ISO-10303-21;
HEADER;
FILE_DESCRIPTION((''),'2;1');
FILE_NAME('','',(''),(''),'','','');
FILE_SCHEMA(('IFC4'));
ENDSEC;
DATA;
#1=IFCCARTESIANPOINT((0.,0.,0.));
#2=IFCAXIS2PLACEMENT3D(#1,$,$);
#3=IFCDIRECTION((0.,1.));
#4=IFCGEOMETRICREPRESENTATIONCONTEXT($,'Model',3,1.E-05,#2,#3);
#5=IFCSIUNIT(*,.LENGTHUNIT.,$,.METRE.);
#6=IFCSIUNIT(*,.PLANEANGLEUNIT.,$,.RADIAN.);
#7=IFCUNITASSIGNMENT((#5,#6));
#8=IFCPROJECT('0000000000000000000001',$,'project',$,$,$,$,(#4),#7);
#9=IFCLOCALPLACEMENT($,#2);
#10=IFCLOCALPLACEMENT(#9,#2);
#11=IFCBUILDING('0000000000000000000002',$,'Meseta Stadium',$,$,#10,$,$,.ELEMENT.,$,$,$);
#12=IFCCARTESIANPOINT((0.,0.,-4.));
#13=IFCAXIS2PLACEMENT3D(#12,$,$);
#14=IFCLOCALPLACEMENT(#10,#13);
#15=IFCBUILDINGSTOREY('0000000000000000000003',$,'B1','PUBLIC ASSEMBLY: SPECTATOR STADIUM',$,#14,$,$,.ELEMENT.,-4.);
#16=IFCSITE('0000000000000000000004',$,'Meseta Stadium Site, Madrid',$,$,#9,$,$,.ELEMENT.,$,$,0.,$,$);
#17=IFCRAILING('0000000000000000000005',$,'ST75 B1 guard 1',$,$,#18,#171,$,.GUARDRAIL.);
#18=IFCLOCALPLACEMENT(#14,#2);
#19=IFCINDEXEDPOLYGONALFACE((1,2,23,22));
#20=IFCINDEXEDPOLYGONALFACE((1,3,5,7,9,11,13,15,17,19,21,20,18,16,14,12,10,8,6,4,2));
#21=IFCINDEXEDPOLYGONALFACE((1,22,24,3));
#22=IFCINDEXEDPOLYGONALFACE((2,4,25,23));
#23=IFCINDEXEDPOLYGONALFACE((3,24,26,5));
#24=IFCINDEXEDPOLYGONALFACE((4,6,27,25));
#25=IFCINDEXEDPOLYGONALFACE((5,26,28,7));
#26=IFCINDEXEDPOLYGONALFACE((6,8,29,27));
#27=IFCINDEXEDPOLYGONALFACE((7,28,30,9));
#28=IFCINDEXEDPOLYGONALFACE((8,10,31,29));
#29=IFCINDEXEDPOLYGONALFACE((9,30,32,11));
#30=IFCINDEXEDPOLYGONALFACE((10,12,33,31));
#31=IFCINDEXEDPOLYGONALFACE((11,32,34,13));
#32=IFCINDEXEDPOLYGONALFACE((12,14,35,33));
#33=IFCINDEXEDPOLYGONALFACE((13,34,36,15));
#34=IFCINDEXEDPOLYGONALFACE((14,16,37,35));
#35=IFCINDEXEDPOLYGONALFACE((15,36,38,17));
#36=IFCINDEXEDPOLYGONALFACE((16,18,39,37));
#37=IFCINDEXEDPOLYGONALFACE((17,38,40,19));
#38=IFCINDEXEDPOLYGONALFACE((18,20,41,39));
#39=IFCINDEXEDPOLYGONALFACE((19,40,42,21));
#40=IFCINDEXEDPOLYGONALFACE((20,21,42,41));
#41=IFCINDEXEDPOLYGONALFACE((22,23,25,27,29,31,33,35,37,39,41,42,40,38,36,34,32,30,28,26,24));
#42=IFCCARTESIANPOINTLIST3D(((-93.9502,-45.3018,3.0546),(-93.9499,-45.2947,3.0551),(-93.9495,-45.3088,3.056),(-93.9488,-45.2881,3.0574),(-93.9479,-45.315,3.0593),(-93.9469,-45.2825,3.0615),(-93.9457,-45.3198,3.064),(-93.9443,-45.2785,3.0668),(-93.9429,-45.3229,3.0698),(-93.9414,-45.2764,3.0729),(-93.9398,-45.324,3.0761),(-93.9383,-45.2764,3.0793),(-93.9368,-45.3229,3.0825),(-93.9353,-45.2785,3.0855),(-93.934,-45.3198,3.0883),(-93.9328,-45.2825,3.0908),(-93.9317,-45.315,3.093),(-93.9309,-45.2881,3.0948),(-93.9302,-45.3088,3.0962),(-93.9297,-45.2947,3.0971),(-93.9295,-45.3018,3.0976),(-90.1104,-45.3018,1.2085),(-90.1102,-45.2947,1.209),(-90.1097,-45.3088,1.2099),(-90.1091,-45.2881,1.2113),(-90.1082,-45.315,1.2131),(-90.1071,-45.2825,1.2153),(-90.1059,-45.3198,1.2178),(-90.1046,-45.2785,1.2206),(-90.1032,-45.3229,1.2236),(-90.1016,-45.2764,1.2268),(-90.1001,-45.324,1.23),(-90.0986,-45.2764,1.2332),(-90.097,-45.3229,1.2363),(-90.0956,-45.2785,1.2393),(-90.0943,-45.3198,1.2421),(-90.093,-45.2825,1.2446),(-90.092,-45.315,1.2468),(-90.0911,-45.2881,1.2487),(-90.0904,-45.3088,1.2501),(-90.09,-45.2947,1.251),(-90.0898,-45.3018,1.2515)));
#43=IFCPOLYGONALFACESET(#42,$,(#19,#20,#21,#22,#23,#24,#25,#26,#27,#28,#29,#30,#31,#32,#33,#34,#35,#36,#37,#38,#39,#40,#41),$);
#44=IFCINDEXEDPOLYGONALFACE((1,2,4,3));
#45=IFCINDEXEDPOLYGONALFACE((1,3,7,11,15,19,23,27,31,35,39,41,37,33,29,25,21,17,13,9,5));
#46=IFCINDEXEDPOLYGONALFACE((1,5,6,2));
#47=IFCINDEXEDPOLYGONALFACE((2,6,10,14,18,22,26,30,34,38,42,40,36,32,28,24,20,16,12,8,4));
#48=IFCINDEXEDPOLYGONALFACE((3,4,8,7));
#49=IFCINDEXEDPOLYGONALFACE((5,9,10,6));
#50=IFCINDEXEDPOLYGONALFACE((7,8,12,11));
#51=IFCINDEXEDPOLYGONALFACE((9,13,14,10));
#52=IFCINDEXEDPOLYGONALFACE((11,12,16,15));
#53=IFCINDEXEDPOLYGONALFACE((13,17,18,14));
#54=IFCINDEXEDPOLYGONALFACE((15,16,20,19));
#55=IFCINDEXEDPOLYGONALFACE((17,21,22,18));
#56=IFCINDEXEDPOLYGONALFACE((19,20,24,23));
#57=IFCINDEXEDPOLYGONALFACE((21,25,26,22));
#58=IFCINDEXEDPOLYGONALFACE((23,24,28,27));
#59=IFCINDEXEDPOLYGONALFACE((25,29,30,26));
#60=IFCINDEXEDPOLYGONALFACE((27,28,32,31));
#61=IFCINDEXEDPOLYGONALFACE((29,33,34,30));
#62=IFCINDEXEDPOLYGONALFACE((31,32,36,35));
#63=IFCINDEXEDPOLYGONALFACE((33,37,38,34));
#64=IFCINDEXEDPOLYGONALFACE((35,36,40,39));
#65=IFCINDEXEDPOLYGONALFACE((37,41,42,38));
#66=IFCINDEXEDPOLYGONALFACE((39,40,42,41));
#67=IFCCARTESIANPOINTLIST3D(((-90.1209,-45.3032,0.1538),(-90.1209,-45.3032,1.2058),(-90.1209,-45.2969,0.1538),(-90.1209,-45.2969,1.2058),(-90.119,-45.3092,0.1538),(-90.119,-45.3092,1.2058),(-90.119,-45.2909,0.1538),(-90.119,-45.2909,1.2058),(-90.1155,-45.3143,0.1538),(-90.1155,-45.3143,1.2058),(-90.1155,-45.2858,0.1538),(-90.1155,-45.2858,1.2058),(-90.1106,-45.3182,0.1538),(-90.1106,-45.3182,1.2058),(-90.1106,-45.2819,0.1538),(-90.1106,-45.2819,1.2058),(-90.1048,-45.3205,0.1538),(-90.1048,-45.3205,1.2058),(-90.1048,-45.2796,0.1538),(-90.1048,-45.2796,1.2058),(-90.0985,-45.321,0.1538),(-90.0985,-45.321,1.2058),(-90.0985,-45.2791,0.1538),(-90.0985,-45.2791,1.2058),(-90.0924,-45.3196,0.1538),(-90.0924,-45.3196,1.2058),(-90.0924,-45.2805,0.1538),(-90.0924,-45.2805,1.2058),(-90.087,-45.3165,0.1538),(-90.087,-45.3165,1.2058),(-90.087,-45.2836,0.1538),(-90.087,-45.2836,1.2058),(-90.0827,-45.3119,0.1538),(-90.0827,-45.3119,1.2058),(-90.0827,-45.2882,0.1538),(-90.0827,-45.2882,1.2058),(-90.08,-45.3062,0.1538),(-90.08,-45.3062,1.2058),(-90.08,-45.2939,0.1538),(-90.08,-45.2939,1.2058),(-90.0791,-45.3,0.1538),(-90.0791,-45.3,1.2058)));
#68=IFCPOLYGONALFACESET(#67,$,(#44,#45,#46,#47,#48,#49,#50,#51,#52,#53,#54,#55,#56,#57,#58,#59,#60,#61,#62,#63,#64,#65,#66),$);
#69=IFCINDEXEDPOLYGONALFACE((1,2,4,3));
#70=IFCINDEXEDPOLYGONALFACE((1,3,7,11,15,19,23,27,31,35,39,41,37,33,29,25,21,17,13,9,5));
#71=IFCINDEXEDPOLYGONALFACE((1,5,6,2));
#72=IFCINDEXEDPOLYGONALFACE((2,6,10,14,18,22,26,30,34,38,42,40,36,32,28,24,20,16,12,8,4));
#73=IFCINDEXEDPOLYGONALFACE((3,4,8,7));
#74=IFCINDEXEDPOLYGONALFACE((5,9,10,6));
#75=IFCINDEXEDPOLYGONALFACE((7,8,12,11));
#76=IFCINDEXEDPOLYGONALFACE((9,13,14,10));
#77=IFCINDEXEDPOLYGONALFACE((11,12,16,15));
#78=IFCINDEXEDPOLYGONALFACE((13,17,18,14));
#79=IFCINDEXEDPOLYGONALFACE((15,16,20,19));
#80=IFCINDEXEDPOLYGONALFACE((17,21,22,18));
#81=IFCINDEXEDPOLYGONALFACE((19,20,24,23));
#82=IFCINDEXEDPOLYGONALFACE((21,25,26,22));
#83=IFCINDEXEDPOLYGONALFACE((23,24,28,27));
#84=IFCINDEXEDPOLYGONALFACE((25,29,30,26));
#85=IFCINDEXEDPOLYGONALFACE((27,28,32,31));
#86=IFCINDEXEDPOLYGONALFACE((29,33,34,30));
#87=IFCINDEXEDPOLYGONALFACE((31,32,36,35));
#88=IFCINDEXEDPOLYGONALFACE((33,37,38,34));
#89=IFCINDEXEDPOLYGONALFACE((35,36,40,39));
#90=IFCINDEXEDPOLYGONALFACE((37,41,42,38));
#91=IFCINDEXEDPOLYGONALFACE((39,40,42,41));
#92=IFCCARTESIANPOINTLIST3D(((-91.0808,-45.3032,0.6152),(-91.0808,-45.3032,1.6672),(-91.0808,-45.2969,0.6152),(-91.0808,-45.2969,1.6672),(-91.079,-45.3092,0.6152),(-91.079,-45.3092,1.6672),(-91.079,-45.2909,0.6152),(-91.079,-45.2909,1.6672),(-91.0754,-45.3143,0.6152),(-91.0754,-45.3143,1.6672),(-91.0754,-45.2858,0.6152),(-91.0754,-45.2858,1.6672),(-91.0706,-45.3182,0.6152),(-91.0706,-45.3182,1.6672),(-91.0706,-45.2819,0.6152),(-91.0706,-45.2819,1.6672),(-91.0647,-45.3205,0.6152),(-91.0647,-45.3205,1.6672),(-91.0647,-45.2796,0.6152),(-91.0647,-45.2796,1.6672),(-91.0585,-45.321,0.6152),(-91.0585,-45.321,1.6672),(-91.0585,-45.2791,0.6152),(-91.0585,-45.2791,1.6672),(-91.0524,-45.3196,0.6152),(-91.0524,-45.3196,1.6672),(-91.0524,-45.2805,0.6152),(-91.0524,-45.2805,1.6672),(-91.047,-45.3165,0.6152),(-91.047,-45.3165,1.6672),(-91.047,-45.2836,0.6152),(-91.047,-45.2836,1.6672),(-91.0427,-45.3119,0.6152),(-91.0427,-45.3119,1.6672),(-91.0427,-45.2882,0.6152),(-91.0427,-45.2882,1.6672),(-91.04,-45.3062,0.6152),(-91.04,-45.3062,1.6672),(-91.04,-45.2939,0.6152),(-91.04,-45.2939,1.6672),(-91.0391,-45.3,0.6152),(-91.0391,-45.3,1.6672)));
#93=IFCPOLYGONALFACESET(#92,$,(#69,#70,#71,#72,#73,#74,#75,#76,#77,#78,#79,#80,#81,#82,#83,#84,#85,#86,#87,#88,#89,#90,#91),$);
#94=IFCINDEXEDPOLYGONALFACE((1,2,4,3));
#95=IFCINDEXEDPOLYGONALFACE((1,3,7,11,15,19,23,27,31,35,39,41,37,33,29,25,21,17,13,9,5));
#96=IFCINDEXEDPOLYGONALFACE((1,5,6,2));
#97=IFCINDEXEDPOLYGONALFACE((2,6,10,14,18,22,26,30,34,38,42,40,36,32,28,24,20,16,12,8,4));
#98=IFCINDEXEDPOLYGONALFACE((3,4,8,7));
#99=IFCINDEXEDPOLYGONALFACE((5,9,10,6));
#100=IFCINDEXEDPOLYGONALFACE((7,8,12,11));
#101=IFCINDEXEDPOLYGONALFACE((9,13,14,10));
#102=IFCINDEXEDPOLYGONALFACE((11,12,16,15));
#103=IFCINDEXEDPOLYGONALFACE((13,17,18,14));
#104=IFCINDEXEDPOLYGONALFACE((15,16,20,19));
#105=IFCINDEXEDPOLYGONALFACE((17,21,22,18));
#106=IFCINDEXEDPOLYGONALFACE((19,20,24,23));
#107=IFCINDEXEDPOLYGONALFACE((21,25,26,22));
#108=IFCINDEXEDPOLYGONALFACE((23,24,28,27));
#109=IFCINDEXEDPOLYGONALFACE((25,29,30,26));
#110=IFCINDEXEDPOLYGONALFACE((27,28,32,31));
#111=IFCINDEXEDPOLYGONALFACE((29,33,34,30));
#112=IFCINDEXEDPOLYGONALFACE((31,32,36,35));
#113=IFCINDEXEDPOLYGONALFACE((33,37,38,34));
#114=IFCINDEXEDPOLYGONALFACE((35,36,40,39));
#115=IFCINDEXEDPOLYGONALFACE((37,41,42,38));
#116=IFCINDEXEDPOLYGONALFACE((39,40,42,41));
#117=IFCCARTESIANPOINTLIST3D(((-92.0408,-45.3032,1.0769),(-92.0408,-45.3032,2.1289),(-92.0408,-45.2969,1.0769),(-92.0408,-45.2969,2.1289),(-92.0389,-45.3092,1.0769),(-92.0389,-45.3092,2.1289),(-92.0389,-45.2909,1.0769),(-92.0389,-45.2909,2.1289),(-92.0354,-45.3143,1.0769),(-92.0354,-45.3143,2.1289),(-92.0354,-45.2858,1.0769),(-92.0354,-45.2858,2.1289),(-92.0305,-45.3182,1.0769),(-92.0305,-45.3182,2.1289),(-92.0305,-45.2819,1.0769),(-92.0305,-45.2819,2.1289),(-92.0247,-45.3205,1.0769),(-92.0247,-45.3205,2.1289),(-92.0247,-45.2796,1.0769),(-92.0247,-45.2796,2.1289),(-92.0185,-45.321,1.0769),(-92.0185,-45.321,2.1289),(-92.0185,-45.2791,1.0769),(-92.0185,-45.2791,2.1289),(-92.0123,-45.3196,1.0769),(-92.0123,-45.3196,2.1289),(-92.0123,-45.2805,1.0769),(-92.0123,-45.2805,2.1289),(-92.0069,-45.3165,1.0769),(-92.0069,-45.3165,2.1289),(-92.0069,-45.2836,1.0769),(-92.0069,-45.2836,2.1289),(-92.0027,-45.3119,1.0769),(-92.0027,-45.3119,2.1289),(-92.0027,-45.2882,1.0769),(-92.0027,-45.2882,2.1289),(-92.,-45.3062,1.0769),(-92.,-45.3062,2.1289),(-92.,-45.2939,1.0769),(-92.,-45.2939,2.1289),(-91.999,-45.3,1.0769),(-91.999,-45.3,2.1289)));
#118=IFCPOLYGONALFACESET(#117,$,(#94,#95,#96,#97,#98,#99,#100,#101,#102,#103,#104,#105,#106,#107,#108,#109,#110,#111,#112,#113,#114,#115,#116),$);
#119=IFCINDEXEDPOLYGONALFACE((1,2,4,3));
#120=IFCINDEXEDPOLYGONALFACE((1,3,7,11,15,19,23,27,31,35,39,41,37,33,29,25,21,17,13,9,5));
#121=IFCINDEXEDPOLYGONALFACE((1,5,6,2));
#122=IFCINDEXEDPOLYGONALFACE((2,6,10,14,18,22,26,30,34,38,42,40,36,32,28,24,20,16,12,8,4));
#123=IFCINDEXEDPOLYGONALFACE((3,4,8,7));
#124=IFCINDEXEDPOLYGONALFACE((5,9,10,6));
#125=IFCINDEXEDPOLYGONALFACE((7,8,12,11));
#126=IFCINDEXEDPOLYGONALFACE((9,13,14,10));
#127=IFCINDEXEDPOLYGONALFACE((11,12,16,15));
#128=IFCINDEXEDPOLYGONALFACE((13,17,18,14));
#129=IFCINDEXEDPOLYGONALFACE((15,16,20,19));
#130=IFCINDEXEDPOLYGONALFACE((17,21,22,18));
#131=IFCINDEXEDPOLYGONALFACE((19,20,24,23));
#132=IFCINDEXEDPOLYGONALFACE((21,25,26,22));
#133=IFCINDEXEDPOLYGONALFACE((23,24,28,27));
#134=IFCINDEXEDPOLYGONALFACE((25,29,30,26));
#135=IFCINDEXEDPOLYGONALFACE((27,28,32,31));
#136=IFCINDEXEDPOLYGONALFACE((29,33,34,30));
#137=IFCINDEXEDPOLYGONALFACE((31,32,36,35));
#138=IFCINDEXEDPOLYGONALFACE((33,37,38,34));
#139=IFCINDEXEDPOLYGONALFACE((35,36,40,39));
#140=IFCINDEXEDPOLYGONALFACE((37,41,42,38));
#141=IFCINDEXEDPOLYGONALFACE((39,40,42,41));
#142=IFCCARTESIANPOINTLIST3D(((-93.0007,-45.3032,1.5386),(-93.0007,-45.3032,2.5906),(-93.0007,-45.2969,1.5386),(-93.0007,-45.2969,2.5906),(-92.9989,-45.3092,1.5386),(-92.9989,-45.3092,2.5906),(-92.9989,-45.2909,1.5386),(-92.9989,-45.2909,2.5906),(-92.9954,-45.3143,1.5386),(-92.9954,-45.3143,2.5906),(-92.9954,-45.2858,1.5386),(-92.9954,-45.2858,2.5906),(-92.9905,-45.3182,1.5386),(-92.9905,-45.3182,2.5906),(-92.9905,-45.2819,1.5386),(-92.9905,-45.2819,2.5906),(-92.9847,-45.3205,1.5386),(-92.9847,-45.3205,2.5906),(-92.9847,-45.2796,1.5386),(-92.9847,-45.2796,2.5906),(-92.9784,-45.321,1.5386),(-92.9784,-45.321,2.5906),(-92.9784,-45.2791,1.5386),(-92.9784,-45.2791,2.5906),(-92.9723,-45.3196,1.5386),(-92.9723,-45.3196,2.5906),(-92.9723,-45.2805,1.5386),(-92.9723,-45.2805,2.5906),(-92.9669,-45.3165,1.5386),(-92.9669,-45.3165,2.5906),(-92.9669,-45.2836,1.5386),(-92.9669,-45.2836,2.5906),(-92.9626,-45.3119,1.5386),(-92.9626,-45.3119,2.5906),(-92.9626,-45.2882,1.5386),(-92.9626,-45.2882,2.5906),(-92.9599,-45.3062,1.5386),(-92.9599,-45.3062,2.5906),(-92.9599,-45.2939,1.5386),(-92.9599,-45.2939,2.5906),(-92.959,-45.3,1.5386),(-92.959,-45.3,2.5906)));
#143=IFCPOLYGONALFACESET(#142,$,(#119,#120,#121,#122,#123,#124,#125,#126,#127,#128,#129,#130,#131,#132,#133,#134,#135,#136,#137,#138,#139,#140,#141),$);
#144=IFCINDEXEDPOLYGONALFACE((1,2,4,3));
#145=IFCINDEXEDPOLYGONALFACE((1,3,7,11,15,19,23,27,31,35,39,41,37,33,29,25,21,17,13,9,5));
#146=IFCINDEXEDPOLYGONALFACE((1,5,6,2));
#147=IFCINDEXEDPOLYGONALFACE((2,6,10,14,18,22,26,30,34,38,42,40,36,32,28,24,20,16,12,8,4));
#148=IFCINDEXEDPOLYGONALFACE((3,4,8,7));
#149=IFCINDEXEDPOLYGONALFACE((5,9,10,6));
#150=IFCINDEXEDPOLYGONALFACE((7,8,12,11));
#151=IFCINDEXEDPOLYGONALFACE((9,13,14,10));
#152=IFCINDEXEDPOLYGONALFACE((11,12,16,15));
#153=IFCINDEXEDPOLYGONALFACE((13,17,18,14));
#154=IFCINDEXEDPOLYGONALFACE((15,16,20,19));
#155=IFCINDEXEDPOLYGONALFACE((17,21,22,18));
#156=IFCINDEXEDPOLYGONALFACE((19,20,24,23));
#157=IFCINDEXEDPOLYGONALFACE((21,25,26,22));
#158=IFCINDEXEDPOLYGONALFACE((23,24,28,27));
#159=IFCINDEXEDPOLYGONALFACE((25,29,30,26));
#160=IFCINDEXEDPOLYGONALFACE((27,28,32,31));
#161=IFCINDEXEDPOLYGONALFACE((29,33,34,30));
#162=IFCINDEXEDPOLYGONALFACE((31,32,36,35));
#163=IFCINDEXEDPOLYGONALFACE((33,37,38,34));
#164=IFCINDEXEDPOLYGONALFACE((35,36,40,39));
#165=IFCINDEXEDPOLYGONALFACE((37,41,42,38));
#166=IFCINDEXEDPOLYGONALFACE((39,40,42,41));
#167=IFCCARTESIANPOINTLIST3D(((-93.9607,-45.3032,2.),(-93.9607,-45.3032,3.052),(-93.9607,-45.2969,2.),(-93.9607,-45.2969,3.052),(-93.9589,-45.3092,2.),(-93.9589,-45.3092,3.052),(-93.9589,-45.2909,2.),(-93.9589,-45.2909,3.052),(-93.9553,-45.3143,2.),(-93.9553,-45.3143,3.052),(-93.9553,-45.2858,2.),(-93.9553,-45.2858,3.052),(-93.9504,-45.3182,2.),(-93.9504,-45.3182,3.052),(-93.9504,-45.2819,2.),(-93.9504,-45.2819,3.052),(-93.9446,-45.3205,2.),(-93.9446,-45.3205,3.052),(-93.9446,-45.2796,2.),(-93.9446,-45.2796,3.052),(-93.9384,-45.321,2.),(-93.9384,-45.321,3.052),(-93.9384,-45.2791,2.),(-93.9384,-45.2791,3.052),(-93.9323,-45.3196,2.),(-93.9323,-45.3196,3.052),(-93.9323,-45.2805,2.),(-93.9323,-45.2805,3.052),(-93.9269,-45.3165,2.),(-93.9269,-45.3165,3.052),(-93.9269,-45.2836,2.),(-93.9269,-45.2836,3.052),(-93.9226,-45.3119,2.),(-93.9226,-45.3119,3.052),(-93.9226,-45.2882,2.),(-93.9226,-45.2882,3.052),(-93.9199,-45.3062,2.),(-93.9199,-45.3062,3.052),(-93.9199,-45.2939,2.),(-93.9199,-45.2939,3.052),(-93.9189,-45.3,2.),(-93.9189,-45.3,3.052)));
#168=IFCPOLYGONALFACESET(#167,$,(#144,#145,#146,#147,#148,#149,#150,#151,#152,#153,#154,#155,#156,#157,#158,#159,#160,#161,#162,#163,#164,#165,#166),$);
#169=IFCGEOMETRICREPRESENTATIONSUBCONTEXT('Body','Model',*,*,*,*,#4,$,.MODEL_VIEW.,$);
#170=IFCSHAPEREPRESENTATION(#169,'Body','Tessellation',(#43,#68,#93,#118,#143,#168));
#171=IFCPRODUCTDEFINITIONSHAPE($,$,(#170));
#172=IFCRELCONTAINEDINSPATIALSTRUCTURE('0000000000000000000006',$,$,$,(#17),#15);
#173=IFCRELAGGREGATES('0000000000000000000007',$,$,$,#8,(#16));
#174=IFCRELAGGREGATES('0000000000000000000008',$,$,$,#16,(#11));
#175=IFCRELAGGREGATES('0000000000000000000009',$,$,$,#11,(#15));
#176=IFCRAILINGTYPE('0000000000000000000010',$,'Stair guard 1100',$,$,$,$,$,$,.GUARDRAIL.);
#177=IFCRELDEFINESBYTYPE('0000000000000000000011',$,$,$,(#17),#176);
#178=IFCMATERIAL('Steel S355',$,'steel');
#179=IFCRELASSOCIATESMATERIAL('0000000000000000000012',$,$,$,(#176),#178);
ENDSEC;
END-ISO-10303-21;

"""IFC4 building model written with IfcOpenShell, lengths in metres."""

from ifc_helpers import new_model, si_unit, direction, frame, origin, origin_2d, place, context, subcontext, project, spatial, circle, extrude, material, type_object, element, save


model = new_model("IFC4")

# Units and contexts
model_context = context("Model", 3, precision=1e-05, world=origin(), true_north=direction((0.0, 1.0)))
body_context = subcontext(model_context, "Body", "Model", "MODEL_VIEW")
ifc_project = project(units=[si_unit("LENGTHUNIT", "METRE"), si_unit("PLANEANGLEUNIT", "RADIAN")], contexts=[model_context])

# Site, building, storey
site_placement = place(None, origin())
site = spatial("IfcSite", under=ifc_project, at=site_placement, Name="Meseta Stadium Site, Madrid", CompositionType="ELEMENT", RefElevation=0.0)
building_placement = place(site_placement, origin())
building = spatial("IfcBuilding", under=site, at=building_placement, Name="Meseta Stadium", CompositionType="ELEMENT")
storey_placement = place(building_placement, frame((0.0, 0.0, -4.0)))
storey = spatial("IfcBuildingStorey", under=building, at=storey_placement, Name="B1", Description="PUBLIC ASSEMBLY: SPECTATOR STADIUM", CompositionType="ELEMENT", Elevation=-4.0)

# Railing
ifc_material_1 = material(Name="Steel S355", Category="steel")
railing_type_1 = type_object("IfcRailingType", Name="Stair guard 1100", PredefinedType="GUARDRAIL", material=ifc_material_1)
railing_1_placement = place(storey_placement, frame((-90.1001, -45.3, 0.1538)))
element("IfcRailing", 1, at=railing_1_placement, inside=storey, type_object=railing_type_1, Name="ST75 B1 guard 1", PredefinedType="GUARDRAIL", context=body_context, shape_type="SweptSolid", body=[
    extrude(circle(Radius=0.0239, at=origin_2d()), frame((0.0, 0.0, 1.0762), z_axis=(-0.901242, 0.0, 0.433316), x_axis=(0.0, -1.0, 0.0)), (0.0, 0.0, 1.0), 4.2605),
    extrude(circle(Radius=0.021, at=origin_2d()), origin(), (0.0, 0.0, 1.0), 1.052),
    extrude(circle(Radius=0.021, at=origin_2d()), frame((-0.96, 0.0, 0.4614)), (0.0, 0.0, 1.0), 1.052),
    extrude(circle(Radius=0.021, at=origin_2d()), frame((-1.9199, 0.0, 0.9231)), (0.0, 0.0, 1.0), 1.052),
    extrude(circle(Radius=0.021, at=origin_2d()), frame((-2.8799, 0.0, 1.3848)), (0.0, 0.0, 1.0), 1.052),
    extrude(circle(Radius=0.021, at=origin_2d()), frame((-3.8398, 0.0, 1.8462)), (0.0, 0.0, 1.0), 1.052),
])

save(model, "model.ifc")
